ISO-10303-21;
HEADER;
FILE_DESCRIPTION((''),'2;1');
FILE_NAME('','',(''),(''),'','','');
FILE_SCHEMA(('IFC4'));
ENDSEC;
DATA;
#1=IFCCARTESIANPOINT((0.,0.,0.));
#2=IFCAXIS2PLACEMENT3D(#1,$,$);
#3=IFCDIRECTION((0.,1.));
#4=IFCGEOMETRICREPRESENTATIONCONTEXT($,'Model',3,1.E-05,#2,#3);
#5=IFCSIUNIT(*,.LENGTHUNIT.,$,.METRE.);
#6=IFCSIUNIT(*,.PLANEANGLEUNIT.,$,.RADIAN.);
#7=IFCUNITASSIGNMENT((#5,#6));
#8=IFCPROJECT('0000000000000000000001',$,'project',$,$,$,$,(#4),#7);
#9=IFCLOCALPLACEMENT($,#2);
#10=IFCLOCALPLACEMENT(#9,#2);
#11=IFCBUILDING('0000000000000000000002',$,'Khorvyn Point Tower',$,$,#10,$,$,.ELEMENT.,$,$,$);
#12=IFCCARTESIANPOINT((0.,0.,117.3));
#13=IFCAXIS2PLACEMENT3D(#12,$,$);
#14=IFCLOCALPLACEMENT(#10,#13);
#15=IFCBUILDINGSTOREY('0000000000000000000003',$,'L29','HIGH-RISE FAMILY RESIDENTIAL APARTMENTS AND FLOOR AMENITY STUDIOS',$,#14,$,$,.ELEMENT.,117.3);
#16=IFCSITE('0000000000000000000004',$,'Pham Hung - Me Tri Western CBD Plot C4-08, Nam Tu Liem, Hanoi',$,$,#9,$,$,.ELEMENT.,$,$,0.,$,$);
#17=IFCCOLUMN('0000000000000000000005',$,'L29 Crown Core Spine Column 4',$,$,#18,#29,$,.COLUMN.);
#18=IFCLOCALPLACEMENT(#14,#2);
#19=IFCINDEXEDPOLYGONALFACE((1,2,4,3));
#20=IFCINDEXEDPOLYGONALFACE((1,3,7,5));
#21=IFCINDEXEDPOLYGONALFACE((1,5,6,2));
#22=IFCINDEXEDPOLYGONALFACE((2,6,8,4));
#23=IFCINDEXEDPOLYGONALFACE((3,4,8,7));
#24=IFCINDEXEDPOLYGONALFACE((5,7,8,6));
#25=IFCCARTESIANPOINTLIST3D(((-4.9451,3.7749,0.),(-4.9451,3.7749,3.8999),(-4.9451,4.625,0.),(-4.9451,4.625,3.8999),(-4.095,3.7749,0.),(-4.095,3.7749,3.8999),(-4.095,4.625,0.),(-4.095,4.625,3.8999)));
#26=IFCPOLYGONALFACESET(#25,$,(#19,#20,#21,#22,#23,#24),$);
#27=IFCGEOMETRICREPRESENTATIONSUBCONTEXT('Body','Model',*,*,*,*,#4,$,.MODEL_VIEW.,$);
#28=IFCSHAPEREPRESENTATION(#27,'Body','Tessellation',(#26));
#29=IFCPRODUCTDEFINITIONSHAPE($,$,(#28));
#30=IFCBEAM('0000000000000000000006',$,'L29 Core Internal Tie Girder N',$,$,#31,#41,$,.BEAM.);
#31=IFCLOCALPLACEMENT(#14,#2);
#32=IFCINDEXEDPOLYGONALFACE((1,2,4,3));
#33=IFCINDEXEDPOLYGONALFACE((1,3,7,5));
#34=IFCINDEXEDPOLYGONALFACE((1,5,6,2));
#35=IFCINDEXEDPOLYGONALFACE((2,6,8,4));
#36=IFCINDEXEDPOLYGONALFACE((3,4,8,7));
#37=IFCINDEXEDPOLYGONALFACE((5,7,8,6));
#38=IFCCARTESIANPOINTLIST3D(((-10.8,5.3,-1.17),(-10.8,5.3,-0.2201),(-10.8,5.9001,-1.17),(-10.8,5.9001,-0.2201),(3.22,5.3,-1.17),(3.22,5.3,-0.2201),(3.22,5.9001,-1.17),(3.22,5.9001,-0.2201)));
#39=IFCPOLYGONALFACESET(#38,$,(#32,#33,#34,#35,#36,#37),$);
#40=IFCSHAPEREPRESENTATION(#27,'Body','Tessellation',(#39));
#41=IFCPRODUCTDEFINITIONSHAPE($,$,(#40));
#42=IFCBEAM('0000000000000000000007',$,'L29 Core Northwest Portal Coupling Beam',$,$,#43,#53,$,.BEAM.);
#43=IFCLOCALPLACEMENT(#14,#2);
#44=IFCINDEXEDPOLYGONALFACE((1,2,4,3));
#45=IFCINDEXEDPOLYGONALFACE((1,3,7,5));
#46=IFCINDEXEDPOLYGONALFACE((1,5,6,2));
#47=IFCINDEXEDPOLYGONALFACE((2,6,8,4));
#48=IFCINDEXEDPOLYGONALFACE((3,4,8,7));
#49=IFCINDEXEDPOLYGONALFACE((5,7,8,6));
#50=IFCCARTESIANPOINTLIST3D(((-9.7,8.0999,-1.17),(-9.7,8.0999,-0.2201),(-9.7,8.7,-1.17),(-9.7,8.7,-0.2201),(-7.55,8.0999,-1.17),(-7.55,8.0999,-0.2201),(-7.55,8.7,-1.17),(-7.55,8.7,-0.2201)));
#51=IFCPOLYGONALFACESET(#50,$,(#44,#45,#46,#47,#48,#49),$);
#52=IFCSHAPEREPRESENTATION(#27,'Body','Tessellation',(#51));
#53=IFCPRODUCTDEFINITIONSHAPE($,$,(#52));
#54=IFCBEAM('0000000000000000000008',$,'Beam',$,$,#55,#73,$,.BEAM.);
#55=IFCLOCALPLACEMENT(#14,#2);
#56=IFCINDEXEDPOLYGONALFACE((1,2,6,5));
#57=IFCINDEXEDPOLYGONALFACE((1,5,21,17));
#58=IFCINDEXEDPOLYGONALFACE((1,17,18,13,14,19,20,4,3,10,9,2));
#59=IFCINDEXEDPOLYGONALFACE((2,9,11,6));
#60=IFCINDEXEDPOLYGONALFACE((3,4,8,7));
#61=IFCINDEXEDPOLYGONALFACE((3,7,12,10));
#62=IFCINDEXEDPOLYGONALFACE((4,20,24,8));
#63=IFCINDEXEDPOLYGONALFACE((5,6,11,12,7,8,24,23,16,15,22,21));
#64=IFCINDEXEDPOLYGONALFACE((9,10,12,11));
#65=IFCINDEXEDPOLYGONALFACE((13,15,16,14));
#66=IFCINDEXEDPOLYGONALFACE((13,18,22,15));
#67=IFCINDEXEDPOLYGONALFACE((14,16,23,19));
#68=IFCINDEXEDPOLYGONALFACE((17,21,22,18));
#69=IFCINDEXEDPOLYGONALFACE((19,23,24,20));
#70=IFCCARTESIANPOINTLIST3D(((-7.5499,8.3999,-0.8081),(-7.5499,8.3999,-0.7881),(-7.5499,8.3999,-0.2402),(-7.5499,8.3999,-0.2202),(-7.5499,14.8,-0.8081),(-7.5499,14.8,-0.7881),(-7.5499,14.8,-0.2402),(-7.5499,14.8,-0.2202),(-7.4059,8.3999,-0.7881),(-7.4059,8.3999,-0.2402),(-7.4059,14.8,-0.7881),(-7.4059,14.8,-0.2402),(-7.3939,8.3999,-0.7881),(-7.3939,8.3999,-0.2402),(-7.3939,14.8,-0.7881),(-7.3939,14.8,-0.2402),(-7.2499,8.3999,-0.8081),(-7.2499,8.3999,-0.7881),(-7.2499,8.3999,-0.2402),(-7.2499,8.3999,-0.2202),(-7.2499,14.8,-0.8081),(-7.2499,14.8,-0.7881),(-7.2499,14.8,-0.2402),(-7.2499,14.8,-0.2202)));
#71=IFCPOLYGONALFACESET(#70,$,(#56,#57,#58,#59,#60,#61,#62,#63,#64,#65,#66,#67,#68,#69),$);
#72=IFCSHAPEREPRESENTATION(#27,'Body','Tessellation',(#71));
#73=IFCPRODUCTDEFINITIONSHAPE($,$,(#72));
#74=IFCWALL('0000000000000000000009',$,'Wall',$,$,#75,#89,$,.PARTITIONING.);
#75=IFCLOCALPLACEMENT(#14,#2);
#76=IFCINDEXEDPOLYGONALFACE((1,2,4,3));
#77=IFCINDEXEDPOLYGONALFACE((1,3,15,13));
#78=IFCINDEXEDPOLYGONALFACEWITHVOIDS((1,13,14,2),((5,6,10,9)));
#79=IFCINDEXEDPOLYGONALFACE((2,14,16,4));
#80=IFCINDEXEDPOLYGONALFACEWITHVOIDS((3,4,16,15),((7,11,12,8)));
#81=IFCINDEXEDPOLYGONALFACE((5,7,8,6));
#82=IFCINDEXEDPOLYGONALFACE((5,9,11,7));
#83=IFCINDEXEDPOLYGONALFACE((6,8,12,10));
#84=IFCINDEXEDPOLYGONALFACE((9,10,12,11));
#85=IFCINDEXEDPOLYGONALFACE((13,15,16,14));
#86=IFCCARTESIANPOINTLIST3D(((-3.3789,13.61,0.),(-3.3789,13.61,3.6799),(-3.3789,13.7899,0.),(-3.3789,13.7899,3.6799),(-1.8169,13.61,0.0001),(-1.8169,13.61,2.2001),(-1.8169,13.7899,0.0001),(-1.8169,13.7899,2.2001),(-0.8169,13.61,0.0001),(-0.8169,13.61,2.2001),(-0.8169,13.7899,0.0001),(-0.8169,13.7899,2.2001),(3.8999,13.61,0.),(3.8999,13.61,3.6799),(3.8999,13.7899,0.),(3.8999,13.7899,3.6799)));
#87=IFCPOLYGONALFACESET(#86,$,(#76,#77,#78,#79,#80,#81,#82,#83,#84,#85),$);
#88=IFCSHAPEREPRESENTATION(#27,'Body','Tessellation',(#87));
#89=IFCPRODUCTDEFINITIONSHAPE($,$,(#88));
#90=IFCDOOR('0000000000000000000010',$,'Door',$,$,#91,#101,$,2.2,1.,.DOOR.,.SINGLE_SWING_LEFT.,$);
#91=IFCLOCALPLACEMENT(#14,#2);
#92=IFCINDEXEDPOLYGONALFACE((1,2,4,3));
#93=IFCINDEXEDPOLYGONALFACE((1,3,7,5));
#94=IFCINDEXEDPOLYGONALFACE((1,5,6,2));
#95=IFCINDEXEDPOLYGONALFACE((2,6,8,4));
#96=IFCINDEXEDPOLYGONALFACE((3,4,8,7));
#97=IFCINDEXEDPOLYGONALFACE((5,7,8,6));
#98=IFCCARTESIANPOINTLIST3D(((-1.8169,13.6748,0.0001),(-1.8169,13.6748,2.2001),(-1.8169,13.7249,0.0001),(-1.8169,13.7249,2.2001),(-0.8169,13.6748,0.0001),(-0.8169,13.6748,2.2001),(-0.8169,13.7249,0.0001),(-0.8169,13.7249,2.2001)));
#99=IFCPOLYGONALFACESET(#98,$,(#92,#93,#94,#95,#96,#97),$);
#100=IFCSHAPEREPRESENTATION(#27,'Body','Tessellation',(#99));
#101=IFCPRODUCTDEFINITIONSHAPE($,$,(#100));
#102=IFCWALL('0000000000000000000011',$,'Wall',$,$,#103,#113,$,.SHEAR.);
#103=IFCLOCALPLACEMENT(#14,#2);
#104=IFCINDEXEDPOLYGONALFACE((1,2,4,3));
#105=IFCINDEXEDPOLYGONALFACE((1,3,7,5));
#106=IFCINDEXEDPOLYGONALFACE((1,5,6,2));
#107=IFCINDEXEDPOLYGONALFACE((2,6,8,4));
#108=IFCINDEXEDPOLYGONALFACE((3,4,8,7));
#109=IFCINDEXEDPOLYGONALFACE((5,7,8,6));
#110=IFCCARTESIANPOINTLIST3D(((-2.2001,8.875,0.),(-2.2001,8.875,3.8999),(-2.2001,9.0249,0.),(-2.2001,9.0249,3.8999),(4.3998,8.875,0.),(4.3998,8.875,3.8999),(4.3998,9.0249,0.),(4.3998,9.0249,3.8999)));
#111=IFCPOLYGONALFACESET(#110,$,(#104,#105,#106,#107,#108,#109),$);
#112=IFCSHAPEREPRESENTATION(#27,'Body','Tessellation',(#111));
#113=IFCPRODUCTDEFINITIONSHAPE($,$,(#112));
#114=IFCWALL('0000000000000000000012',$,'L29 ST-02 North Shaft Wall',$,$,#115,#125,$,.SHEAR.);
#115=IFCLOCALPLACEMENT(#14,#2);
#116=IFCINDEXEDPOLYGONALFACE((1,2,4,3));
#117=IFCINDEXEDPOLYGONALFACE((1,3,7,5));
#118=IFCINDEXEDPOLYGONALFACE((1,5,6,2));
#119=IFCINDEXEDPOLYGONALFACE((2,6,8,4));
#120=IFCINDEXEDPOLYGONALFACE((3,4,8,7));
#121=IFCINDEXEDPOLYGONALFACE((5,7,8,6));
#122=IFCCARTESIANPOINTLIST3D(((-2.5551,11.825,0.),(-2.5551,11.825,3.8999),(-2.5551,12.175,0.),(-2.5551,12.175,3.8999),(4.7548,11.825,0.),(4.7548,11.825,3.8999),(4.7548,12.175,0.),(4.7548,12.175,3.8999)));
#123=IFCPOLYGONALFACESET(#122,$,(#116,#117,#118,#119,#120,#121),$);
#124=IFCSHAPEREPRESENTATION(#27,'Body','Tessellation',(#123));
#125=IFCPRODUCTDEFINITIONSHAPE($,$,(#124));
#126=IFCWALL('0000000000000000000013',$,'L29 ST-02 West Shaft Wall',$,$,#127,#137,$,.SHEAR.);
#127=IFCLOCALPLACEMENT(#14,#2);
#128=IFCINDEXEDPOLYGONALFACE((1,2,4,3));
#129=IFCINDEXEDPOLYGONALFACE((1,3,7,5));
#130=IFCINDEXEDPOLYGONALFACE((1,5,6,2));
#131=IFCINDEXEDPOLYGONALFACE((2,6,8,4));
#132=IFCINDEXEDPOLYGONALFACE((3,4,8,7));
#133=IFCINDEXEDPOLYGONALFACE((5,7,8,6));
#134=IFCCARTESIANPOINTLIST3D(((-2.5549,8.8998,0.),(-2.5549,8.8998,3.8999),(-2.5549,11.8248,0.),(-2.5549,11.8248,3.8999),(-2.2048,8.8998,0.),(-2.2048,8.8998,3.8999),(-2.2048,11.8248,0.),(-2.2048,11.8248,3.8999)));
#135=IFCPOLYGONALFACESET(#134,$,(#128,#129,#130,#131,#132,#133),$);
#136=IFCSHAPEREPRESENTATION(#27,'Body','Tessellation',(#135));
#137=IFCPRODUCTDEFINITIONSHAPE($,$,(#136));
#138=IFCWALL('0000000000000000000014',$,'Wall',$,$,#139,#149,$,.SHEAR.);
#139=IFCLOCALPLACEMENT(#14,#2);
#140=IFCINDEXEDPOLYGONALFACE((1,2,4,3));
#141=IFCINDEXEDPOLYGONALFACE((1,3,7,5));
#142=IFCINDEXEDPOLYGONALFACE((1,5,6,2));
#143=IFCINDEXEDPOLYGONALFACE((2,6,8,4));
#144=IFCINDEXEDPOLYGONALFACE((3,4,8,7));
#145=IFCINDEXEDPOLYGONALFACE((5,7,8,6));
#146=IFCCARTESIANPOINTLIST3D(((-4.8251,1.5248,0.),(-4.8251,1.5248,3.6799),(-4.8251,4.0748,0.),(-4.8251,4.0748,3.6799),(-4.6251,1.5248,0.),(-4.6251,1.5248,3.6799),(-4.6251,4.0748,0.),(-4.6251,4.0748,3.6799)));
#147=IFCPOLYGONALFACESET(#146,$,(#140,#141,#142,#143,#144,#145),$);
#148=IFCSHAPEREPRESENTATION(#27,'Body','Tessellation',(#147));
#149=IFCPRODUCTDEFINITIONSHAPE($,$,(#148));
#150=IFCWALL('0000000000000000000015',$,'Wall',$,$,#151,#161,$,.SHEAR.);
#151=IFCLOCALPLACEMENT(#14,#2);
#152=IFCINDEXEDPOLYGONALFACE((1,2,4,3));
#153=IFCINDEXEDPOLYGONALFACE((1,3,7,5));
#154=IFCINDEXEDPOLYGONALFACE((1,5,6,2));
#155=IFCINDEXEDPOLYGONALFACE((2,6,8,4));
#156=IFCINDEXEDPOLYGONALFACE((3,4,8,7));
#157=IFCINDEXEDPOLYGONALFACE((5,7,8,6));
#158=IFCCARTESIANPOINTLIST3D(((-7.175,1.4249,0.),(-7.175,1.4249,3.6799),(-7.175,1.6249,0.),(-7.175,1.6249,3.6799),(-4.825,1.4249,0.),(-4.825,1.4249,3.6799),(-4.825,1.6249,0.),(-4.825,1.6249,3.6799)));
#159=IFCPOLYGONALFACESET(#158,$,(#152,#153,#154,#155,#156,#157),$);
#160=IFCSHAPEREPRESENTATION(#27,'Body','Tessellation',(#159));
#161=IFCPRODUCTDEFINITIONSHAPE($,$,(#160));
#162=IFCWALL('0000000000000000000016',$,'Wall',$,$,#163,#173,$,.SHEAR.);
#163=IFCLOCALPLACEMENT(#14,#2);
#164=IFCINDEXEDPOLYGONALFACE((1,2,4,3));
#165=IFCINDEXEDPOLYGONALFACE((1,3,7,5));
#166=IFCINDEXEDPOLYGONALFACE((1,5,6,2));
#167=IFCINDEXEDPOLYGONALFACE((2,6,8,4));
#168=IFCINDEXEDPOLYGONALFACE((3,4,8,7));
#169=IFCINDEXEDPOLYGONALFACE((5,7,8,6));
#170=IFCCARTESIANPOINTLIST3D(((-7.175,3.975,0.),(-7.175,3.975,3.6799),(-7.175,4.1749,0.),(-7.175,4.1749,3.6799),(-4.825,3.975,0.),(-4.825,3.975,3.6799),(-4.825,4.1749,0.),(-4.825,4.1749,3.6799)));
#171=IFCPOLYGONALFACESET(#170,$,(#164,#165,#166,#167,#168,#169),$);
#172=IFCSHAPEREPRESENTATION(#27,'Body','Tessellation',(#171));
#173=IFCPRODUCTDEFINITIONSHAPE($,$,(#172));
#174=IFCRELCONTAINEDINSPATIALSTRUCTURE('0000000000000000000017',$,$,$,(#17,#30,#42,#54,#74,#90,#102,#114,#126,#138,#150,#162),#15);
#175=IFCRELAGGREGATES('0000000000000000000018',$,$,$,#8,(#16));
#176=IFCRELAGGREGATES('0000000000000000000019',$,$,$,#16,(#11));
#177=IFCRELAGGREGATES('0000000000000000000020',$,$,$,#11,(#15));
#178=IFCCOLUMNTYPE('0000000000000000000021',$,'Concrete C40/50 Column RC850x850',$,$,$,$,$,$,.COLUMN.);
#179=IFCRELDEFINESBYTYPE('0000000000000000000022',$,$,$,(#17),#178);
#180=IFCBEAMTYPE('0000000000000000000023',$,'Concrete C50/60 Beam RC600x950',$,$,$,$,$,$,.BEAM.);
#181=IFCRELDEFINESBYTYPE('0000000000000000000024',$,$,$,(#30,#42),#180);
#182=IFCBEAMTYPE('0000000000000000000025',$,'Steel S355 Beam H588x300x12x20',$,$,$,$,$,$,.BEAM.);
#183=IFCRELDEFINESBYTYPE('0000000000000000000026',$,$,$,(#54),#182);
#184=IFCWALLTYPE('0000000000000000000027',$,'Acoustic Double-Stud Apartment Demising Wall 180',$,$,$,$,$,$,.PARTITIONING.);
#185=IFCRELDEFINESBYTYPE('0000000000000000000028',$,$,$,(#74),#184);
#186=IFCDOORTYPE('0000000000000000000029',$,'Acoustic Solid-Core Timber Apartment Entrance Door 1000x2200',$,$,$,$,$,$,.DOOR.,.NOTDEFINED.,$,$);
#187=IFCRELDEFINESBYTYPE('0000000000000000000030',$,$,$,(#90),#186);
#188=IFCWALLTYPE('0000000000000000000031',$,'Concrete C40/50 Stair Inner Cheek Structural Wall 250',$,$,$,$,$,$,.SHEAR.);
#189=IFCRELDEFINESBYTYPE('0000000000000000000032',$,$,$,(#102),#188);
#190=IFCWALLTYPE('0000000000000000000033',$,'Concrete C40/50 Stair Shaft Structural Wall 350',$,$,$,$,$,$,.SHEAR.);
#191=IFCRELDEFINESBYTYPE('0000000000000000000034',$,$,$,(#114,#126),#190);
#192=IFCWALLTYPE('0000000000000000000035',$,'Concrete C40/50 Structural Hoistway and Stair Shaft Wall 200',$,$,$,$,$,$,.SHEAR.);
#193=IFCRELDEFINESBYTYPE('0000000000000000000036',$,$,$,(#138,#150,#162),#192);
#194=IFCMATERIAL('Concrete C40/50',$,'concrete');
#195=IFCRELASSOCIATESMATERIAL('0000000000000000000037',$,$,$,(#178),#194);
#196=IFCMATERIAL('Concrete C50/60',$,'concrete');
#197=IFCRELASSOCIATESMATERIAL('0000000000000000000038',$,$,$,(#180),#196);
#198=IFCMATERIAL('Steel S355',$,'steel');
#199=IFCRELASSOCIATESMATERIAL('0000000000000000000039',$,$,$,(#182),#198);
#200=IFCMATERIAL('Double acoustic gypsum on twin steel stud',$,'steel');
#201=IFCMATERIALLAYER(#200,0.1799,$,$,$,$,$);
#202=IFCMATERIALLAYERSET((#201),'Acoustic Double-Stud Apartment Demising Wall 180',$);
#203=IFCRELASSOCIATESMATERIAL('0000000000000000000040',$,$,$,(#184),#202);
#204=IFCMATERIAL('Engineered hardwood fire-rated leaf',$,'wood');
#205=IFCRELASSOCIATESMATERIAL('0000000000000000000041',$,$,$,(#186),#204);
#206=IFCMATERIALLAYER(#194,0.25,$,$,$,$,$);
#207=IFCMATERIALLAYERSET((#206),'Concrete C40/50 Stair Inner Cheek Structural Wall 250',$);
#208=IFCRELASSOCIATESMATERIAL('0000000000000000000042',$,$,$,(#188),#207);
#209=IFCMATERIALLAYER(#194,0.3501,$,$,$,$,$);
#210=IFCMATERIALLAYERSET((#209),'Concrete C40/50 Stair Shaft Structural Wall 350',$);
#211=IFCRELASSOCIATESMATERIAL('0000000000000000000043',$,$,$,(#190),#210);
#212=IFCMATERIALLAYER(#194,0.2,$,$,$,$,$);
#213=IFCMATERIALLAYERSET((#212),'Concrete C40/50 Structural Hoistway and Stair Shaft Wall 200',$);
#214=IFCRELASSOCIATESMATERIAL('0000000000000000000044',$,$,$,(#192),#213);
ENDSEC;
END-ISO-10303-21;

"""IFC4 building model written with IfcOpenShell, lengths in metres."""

from ifc_helpers import new_model, si_unit, direction, frame, frame_2d, origin, origin_2d, place, context, subcontext, project, spatial, rectangle, i_section, extrude, material, layer, layer_set, material_profile, profile_set, type_object, element, fill, save


model = new_model("IFC4")

# Units and contexts
model_context = context("Model", 3, precision=1e-05, world=origin(), true_north=direction((0.0, 1.0)))
body_context = subcontext(model_context, "Body", "Model", "MODEL_VIEW")
ifc_project = project(units=[si_unit("LENGTHUNIT", "METRE"), si_unit("PLANEANGLEUNIT", "RADIAN")], contexts=[model_context])

# Site, building, storey
site_placement = place(None, origin())
site = spatial("IfcSite", under=ifc_project, at=site_placement, Name="Pham Hung - Me Tri Western CBD Plot C4-08, Nam Tu Liem, Hanoi", CompositionType="ELEMENT", RefElevation=0.0)
building_placement = place(site_placement, origin())
building = spatial("IfcBuilding", under=site, at=building_placement, Name="Khorvyn Point Tower", CompositionType="ELEMENT")
storey_placement = place(building_placement, frame((0.0, 0.0, 117.3)))
storey = spatial("IfcBuildingStorey", under=building, at=storey_placement, Name="L29", Description="HIGH-RISE FAMILY RESIDENTIAL APARTMENTS AND FLOOR AMENITY STUDIOS", CompositionType="ELEMENT", Elevation=117.3)

# Column
ifc_material_1 = material(Name="Concrete C40/50", Category="concrete")
ifc_material_profile_1 = material_profile(ifc_material_1, rectangle(XDim=0.8501, YDim=0.8501, at=origin_2d()))
ifc_profile_set_1 = profile_set([ifc_material_profile_1], Name="Concrete C40/50 RC850x850")
column_type = type_object("IfcColumnType", Name="Concrete C40/50 Column RC850x850", PredefinedType="COLUMN", material=ifc_profile_set_1)
column_placement = place(storey_placement, frame((-4.52, 4.2, 0.0), z_axis=(0.0, 0.0, 1.0), x_axis=(1.0, 0.0, 0.0)))
element("IfcColumn", 1, at=column_placement, inside=storey, type_object=column_type, Name="L29 Crown Core Spine Column 4", PredefinedType="COLUMN", context=body_context, shape_type="SweptSolid", body=[
    extrude(rectangle(XDim=0.8501, YDim=0.8501, at=origin_2d()), origin(), (0.0, 0.0, 1.0), 3.8999),
])

# Beams
ifc_material_2 = material(Name="Concrete C50/60", Category="concrete")
ifc_material_profile_2 = material_profile(ifc_material_2, rectangle(XDim=0.6001, YDim=0.95, at=origin_2d()))
ifc_profile_set_2 = profile_set([ifc_material_profile_2], Name="Concrete C50/60 RC600x950")
beam_type_1 = type_object("IfcBeamType", Name="Concrete C50/60 Beam RC600x950", PredefinedType="BEAM", material=ifc_profile_set_2)
beam_1_placement = place(storey_placement, frame((-10.8, 5.6001, -0.6951), z_axis=(1.0, 0.0, 0.0), x_axis=(0.0, 1.0, 0.0)))
element("IfcBeam", 2, at=beam_1_placement, inside=storey, type_object=beam_type_1, Name="L29 Core Internal Tie Girder N", PredefinedType="BEAM", context=body_context, shape_type="SweptSolid", body=[
    extrude(rectangle(XDim=0.6001, YDim=0.95, at=origin_2d()), origin(), (0.0, 0.0, 1.0), 14.02),
])
beam_2_placement = place(storey_placement, frame((-9.7, 8.3999, -0.6951), z_axis=(1.0, 0.0, 0.0), x_axis=(0.0, 1.0, 0.0)))
element("IfcBeam", 3, at=beam_2_placement, inside=storey, type_object=beam_type_1, Name="L29 Core Northwest Portal Coupling Beam", PredefinedType="BEAM", context=body_context, shape_type="SweptSolid", body=[
    extrude(rectangle(XDim=0.6001, YDim=0.95, at=origin_2d()), origin(), (0.0, 0.0, 1.0), 2.1499),
])
ifc_material_3 = material(Name="Steel S355", Category="steel")
ifc_material_profile_3 = material_profile(ifc_material_3, i_section(OverallWidth=0.3, OverallDepth=0.5879, WebThickness=0.012, FlangeThickness=0.02, at=origin_2d()))
ifc_profile_set_3 = profile_set([ifc_material_profile_3], Name="Steel S355 H588x300x12x20")
beam_type_2 = type_object("IfcBeamType", Name="Steel S355 Beam H588x300x12x20", PredefinedType="BEAM", material=ifc_profile_set_3)
beam_3_placement = place(storey_placement, frame((-7.3999, 8.3999, -0.5142), z_axis=(0.0, 1.0, 0.0), x_axis=(-1.0, 0.0, 0.0)))
element("IfcBeam", 4, at=beam_3_placement, inside=storey, type_object=beam_type_2, Name="Beam", PredefinedType="BEAM", context=body_context, shape_type="SweptSolid", body=[
    extrude(i_section(OverallWidth=0.3, OverallDepth=0.5879, WebThickness=0.012, FlangeThickness=0.02, at=origin_2d()), origin(), (0.0, 0.0, 1.0), 6.4001),
])

# Wall, opening, door
ifc_material_4 = material(Name="Double acoustic gypsum on twin steel stud", Category="steel")
ifc_layer_1 = layer(ifc_material_4, 0.1799)
ifc_layer_set_1 = layer_set([ifc_layer_1], Name="Acoustic Double-Stud Apartment Demising Wall 180")
wall_type_1 = type_object("IfcWallType", Name="Acoustic Double-Stud Apartment Demising Wall 180", PredefinedType="PARTITIONING", material=ifc_layer_set_1)
wall_1_placement = place(storey_placement, frame((-3.3789, 13.7, 0.0), z_axis=(0.0, 0.0, 1.0), x_axis=(1.0, 0.0, 0.0)))
wall_1 = element("IfcWall", 5, at=wall_1_placement, inside=storey, type_object=wall_type_1, Name="Wall", PredefinedType="PARTITIONING", context=body_context, shape_type="SweptSolid", body=[
    extrude(rectangle(XDim=7.2788, YDim=0.1799, at=frame_2d((3.6394, 0.0))), origin(), (0.0, 0.0, 1.0), 3.6799),
])
opening_1_placement = place(wall_1_placement, frame((1.562, 0.0, 0.0)))
opening_1 = element("IfcOpeningElement", 6, at=opening_1_placement, cuts=wall_1, PredefinedType="OPENING", context=body_context, shape_type="SweptSolid", body=[
    extrude(rectangle(XDim=1.0, YDim=2.2, at=frame_2d((0.5, 1.1001))), frame((0.0, 0.0999, 0.0), z_axis=(0.0, -1.0, 0.0), x_axis=(1.0, 0.0, 0.0)), (0.0, 0.0, 1.0), 0.2),
])
ifc_material_5 = material(Name="Engineered hardwood fire-rated leaf", Category="wood")
door_type_1 = type_object("IfcDoorType", Name="Acoustic Solid-Core Timber Apartment Entrance Door 1000x2200", OperationType="NOTDEFINED", PredefinedType="DOOR", material=ifc_material_5)
door_1_placement = place(opening_1_placement, origin())
door_1 = element("IfcDoor", 7, at=door_1_placement, inside=storey, type_object=door_type_1, Name="Door", OperationType="SINGLE_SWING_LEFT", OverallHeight=2.2, OverallWidth=1.0, PredefinedType="DOOR", context=body_context, shape_type="SweptSolid", body=[
    extrude(rectangle(XDim=1.0, YDim=2.2, at=frame_2d((0.5, 1.1001))), frame((0.0, 0.0249, 0.0), z_axis=(0.0, -1.0, 0.0), x_axis=(1.0, 0.0, 0.0)), (0.0, 0.0, 1.0), 0.05),
])
fill(opening_1, door_1)

# Walls
ifc_layer_2 = layer(ifc_material_1, 0.25)
ifc_layer_set_2 = layer_set([ifc_layer_2], Name="Concrete C40/50 Stair Inner Cheek Structural Wall 250")
wall_type_2 = type_object("IfcWallType", Name="Concrete C40/50 Stair Inner Cheek Structural Wall 250", PredefinedType="SHEAR", material=ifc_layer_set_2)
wall_2_placement = place(storey_placement, frame((-2.2, 8.95, 0.0), z_axis=(0.0, 0.0, 1.0), x_axis=(1.0, 0.0, 0.0)))
element("IfcWall", 8, at=wall_2_placement, inside=storey, type_object=wall_type_2, Name="Wall", PredefinedType="SHEAR", context=body_context, shape_type="SweptSolid", body=[
    extrude(rectangle(XDim=6.5999, YDim=0.1499, at=frame_2d((3.2998, 0.0))), origin(), (0.0, 0.0, 1.0), 3.8999),
])
ifc_layer_3 = layer(ifc_material_1, 0.3501)
ifc_layer_set_3 = layer_set([ifc_layer_3], Name="Concrete C40/50 Stair Shaft Structural Wall 350")
wall_type_3 = type_object("IfcWallType", Name="Concrete C40/50 Stair Shaft Structural Wall 350", PredefinedType="SHEAR", material=ifc_layer_set_3)
wall_3_placement = place(storey_placement, frame((-2.5549, 12.0, 0.0), z_axis=(0.0, 0.0, 1.0), x_axis=(1.0, 0.0, 0.0)))
element("IfcWall", 9, at=wall_3_placement, inside=storey, type_object=wall_type_3, Name="L29 ST-02 North Shaft Wall", PredefinedType="SHEAR", context=body_context, shape_type="SweptSolid", body=[
    extrude(rectangle(XDim=7.3098, YDim=0.3501, at=frame_2d((3.6548, 0.0))), origin(), (0.0, 0.0, 1.0), 3.8999),
])
wall_4_placement = place(storey_placement, frame((-2.3799, 8.8999, 0.0), z_axis=(0.0, 0.0, 1.0), x_axis=(0.0, 1.0, 0.0)))
element("IfcWall", 10, at=wall_4_placement, inside=storey, type_object=wall_type_3, Name="L29 ST-02 West Shaft Wall", PredefinedType="SHEAR", context=body_context, shape_type="SweptSolid", body=[
    extrude(rectangle(XDim=2.925, YDim=0.3501, at=frame_2d((1.4624, 0.0))), origin(), (0.0, 0.0, 1.0), 3.8999),
])
ifc_layer_4 = layer(ifc_material_1, 0.2)
ifc_layer_set_4 = layer_set([ifc_layer_4], Name="Concrete C40/50 Structural Hoistway and Stair Shaft Wall 200")
wall_type_4 = type_object("IfcWallType", Name="Concrete C40/50 Structural Hoistway and Stair Shaft Wall 200", PredefinedType="SHEAR", material=ifc_layer_set_4)
wall_5_placement = place(storey_placement, frame((-4.7251, 1.5249, 0.0), z_axis=(0.0, 0.0, 1.0), x_axis=(0.0, 1.0, 0.0)))
element("IfcWall", 11, at=wall_5_placement, inside=storey, type_object=wall_type_4, Name="Wall", PredefinedType="SHEAR", context=body_context, shape_type="SweptSolid", body=[
    extrude(rectangle(XDim=2.55, YDim=0.2, at=frame_2d((1.2749, 0.0))), origin(), (0.0, 0.0, 1.0), 3.6799),
])
for number, where, z_axis, x_axis, name in (
    (12, (-7.175, 1.5249, 0.0), (0.0, 0.0, 1.0), (1.0, 0.0, 0.0), "Wall"),
    (13, (-7.175, 4.075, 0.0), (0.0, 0.0, 1.0), (1.0, 0.0, 0.0), "Wall"),
):
    element("IfcWall", number, at=place(storey_placement, frame(where, z_axis=z_axis, x_axis=x_axis)), inside=storey, type_object=wall_type_4, Name=name, PredefinedType="SHEAR", context=body_context, shape_type="SweptSolid", body=[
        extrude(rectangle(XDim=2.3501, YDim=0.2, at=frame_2d((1.175, 0.0))), origin(), (0.0, 0.0, 1.0), 3.6799),
    ])

save(model, "model.ifc")
